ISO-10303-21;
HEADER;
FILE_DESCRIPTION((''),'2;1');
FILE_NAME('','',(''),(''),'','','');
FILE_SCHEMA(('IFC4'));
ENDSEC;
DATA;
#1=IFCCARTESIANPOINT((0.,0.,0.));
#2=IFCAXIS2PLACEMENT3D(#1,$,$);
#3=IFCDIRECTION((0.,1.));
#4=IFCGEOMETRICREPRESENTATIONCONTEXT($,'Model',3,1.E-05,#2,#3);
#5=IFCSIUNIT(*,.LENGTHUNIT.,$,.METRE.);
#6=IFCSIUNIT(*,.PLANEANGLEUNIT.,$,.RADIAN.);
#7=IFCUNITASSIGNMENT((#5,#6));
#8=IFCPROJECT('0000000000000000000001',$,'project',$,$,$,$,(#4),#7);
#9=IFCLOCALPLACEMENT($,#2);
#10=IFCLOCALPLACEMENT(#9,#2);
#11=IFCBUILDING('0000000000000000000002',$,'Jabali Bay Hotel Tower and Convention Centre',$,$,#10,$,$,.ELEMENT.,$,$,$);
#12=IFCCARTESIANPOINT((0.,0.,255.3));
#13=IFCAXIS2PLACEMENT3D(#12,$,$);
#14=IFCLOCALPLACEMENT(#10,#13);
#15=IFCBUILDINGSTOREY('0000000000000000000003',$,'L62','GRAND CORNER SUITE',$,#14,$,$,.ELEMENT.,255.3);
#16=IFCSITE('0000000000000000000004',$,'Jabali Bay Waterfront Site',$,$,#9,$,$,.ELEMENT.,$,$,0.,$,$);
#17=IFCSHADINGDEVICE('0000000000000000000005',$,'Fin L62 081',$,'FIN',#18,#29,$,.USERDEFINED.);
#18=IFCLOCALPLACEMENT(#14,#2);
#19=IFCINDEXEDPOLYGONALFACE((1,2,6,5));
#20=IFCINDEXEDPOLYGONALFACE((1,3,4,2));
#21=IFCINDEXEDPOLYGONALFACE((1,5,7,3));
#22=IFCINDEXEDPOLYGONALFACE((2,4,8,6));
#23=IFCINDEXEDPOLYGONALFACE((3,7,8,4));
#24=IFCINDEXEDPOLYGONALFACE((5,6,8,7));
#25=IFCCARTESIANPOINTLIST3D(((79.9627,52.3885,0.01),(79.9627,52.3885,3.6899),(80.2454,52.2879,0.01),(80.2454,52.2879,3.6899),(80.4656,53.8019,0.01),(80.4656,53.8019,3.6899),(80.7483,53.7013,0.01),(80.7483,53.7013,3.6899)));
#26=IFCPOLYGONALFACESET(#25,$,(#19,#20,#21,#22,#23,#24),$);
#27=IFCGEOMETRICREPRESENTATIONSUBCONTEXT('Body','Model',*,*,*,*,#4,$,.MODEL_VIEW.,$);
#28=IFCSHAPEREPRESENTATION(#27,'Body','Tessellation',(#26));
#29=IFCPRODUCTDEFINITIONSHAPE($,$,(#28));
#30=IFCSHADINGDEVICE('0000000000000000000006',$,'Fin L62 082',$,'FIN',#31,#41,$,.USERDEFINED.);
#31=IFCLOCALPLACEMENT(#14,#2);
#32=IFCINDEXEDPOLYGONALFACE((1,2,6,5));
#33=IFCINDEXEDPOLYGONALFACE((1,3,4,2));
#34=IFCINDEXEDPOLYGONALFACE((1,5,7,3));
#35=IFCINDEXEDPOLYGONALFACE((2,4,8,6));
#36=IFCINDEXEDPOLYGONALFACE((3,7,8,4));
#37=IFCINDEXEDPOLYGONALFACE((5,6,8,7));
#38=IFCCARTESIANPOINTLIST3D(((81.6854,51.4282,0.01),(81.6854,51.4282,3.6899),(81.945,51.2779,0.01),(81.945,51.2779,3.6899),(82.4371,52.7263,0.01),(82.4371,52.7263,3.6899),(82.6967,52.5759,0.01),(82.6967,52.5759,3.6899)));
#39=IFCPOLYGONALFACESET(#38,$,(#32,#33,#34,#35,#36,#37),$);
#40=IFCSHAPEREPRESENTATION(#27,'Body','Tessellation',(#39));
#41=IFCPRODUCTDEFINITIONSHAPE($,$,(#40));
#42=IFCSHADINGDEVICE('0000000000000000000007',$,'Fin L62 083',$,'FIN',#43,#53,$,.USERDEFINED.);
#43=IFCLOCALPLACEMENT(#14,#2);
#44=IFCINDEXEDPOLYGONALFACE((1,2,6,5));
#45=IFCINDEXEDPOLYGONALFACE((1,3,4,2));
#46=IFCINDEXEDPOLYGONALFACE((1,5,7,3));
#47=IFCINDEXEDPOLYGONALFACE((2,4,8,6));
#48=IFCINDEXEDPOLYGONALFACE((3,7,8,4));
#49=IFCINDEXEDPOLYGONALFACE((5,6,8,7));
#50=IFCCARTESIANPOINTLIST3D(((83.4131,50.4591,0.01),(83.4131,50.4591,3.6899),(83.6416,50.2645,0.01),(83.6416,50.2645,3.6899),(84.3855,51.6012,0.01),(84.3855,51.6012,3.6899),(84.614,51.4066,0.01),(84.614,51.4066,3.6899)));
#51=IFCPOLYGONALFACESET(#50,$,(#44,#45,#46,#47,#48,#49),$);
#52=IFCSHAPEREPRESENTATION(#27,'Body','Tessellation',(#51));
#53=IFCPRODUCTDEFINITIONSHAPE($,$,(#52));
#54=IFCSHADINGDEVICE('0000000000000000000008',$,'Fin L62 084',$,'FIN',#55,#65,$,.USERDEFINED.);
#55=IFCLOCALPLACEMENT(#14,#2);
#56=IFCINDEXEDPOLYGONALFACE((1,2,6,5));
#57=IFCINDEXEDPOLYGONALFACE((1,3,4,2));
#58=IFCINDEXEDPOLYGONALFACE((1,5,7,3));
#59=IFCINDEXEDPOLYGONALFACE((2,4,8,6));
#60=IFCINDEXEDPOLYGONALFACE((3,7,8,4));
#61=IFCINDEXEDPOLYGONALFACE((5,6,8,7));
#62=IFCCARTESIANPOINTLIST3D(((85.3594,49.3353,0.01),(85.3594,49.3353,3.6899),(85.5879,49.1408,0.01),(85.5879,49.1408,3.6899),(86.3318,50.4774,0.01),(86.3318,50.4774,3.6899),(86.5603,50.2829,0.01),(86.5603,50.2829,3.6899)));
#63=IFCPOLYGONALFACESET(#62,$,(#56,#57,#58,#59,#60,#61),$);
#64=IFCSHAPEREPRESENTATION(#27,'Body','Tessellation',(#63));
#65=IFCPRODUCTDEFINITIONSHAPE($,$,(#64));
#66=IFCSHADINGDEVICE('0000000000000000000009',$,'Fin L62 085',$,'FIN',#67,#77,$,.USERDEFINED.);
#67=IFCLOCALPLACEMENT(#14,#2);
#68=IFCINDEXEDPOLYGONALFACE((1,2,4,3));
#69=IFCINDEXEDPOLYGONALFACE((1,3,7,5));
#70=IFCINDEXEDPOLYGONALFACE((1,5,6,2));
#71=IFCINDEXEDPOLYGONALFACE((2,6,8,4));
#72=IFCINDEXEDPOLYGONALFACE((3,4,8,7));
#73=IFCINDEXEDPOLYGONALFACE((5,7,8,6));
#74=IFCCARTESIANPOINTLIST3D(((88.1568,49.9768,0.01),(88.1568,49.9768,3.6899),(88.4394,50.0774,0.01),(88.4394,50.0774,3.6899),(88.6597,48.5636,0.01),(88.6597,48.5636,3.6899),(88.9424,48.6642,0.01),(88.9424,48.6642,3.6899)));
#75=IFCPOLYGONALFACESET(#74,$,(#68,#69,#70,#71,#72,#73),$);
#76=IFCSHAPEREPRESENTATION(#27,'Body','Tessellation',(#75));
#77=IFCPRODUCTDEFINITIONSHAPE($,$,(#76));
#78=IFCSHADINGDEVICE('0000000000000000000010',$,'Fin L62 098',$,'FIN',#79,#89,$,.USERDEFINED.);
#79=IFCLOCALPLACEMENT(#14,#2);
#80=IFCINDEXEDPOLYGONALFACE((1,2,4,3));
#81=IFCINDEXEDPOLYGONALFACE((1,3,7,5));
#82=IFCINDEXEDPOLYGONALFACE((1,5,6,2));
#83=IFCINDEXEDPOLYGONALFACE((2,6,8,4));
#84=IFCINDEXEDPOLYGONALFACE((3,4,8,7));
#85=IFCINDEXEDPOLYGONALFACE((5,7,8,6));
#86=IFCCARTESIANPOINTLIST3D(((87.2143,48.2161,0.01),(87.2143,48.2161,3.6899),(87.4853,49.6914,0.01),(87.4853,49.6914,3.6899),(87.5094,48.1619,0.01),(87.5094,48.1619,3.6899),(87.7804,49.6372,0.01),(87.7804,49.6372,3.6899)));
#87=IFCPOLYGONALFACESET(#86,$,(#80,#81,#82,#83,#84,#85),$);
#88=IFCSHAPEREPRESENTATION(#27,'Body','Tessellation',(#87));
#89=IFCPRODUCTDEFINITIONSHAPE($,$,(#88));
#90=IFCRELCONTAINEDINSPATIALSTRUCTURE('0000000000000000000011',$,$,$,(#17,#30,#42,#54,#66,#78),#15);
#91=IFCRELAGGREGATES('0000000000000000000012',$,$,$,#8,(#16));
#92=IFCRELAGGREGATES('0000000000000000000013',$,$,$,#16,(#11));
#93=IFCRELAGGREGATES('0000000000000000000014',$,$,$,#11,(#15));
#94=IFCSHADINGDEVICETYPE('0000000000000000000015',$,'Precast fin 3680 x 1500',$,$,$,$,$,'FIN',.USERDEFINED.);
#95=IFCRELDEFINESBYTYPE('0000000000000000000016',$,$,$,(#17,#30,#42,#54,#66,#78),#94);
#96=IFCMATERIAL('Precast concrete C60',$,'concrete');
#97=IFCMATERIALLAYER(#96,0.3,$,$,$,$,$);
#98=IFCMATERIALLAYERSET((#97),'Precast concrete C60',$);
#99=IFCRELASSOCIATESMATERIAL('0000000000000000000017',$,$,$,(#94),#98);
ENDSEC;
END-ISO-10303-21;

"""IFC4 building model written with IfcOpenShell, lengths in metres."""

from ifc_helpers import new_model, si_unit, direction, frame, frame_2d, origin, place, context, subcontext, project, spatial, rectangle, extrude, material, layer, layer_set, type_object, element, save


model = new_model("IFC4")

# Units and contexts
model_context = context("Model", 3, precision=1e-05, world=origin(), true_north=direction((0.0, 1.0)))
body_context = subcontext(model_context, "Body", "Model", "MODEL_VIEW")
ifc_project = project(units=[si_unit("LENGTHUNIT", "METRE"), si_unit("PLANEANGLEUNIT", "RADIAN")], contexts=[model_context])

# Site, building, storey
site_placement = place(None, origin())
site = spatial("IfcSite", under=ifc_project, at=site_placement, Name="Jabali Bay Waterfront Site", CompositionType="ELEMENT", RefElevation=0.0)
building_placement = place(site_placement, origin())
building = spatial("IfcBuilding", under=site, at=building_placement, Name="Jabali Bay Hotel Tower and Convention Centre", CompositionType="ELEMENT")
storey_placement = place(building_placement, frame((0.0, 0.0, 255.3)))
storey = spatial("IfcBuildingStorey", under=building, at=storey_placement, Name="L62", Description="GRAND CORNER SUITE", CompositionType="ELEMENT", Elevation=255.3)

# Shading devices
ifc_material_1 = material(Name="Precast concrete C60", Category="concrete")
ifc_layer_1 = layer(ifc_material_1, 0.3)
ifc_layer_set_1 = layer_set([ifc_layer_1], Name="Precast concrete C60")
shading_device_type = type_object("IfcShadingDeviceType", Name="Precast fin 3680 x 1500", ElementType="FIN", PredefinedType="USERDEFINED", material=ifc_layer_set_1)
shading_device_placement = place(storey_placement, frame((80.6069, 53.7515, 0.01), z_axis=(0.0, 0.0, 1.0), x_axis=(-0.335254, -0.942128, 0.0)))
element("IfcShadingDevice", 1, at=shading_device_placement, inside=storey, type_object=shading_device_type, Name="Fin L62 081", ObjectType="FIN", PredefinedType="USERDEFINED", context=body_context, shape_type="SweptSolid", body=[
    extrude(rectangle(XDim=1.5002, YDim=0.3, at=frame_2d((0.75, 0.0))), origin(), (0.0, 0.0, 1.0), 3.6799),
])
for number, where, z_axis, x_axis, name in (
    (2, (82.5669, 52.6511, 0.01), (0.0, 0.0, 1.0), (-0.501126, -0.865374, 0.0), "Fin L62 082"),
    (3, (84.4998, 51.5039, 0.01), (0.0, 0.0, 1.0), (-0.648281, -0.761401, 0.0), "Fin L62 083"),
    (4, (86.446, 50.3801, 0.01), (0.0, 0.0, 1.0), (-0.648281, -0.761401, 0.0), "Fin L62 084"),
    (5, (88.2981, 50.0271, 0.01), (0.0, 0.0, 1.0), (0.335305, -0.94211, 0.0), "Fin L62 085"),
    (6, (87.6328, 49.6643, 0.01), (0.0, 0.0, 1.0), (-0.180661, -0.983545, 0.0), "Fin L62 098"),
):
    element("IfcShadingDevice", number, at=place(storey_placement, frame(where, z_axis=z_axis, x_axis=x_axis)), inside=storey, type_object=shading_device_type, Name=name, ObjectType="FIN", PredefinedType="USERDEFINED", context=body_context, shape_type="SweptSolid", body=[
        extrude(rectangle(XDim=1.5, YDim=0.3, at=frame_2d((0.75, 0.0))), origin(), (0.0, 0.0, 1.0), 3.6799),
    ])

save(model, "model.ifc")
